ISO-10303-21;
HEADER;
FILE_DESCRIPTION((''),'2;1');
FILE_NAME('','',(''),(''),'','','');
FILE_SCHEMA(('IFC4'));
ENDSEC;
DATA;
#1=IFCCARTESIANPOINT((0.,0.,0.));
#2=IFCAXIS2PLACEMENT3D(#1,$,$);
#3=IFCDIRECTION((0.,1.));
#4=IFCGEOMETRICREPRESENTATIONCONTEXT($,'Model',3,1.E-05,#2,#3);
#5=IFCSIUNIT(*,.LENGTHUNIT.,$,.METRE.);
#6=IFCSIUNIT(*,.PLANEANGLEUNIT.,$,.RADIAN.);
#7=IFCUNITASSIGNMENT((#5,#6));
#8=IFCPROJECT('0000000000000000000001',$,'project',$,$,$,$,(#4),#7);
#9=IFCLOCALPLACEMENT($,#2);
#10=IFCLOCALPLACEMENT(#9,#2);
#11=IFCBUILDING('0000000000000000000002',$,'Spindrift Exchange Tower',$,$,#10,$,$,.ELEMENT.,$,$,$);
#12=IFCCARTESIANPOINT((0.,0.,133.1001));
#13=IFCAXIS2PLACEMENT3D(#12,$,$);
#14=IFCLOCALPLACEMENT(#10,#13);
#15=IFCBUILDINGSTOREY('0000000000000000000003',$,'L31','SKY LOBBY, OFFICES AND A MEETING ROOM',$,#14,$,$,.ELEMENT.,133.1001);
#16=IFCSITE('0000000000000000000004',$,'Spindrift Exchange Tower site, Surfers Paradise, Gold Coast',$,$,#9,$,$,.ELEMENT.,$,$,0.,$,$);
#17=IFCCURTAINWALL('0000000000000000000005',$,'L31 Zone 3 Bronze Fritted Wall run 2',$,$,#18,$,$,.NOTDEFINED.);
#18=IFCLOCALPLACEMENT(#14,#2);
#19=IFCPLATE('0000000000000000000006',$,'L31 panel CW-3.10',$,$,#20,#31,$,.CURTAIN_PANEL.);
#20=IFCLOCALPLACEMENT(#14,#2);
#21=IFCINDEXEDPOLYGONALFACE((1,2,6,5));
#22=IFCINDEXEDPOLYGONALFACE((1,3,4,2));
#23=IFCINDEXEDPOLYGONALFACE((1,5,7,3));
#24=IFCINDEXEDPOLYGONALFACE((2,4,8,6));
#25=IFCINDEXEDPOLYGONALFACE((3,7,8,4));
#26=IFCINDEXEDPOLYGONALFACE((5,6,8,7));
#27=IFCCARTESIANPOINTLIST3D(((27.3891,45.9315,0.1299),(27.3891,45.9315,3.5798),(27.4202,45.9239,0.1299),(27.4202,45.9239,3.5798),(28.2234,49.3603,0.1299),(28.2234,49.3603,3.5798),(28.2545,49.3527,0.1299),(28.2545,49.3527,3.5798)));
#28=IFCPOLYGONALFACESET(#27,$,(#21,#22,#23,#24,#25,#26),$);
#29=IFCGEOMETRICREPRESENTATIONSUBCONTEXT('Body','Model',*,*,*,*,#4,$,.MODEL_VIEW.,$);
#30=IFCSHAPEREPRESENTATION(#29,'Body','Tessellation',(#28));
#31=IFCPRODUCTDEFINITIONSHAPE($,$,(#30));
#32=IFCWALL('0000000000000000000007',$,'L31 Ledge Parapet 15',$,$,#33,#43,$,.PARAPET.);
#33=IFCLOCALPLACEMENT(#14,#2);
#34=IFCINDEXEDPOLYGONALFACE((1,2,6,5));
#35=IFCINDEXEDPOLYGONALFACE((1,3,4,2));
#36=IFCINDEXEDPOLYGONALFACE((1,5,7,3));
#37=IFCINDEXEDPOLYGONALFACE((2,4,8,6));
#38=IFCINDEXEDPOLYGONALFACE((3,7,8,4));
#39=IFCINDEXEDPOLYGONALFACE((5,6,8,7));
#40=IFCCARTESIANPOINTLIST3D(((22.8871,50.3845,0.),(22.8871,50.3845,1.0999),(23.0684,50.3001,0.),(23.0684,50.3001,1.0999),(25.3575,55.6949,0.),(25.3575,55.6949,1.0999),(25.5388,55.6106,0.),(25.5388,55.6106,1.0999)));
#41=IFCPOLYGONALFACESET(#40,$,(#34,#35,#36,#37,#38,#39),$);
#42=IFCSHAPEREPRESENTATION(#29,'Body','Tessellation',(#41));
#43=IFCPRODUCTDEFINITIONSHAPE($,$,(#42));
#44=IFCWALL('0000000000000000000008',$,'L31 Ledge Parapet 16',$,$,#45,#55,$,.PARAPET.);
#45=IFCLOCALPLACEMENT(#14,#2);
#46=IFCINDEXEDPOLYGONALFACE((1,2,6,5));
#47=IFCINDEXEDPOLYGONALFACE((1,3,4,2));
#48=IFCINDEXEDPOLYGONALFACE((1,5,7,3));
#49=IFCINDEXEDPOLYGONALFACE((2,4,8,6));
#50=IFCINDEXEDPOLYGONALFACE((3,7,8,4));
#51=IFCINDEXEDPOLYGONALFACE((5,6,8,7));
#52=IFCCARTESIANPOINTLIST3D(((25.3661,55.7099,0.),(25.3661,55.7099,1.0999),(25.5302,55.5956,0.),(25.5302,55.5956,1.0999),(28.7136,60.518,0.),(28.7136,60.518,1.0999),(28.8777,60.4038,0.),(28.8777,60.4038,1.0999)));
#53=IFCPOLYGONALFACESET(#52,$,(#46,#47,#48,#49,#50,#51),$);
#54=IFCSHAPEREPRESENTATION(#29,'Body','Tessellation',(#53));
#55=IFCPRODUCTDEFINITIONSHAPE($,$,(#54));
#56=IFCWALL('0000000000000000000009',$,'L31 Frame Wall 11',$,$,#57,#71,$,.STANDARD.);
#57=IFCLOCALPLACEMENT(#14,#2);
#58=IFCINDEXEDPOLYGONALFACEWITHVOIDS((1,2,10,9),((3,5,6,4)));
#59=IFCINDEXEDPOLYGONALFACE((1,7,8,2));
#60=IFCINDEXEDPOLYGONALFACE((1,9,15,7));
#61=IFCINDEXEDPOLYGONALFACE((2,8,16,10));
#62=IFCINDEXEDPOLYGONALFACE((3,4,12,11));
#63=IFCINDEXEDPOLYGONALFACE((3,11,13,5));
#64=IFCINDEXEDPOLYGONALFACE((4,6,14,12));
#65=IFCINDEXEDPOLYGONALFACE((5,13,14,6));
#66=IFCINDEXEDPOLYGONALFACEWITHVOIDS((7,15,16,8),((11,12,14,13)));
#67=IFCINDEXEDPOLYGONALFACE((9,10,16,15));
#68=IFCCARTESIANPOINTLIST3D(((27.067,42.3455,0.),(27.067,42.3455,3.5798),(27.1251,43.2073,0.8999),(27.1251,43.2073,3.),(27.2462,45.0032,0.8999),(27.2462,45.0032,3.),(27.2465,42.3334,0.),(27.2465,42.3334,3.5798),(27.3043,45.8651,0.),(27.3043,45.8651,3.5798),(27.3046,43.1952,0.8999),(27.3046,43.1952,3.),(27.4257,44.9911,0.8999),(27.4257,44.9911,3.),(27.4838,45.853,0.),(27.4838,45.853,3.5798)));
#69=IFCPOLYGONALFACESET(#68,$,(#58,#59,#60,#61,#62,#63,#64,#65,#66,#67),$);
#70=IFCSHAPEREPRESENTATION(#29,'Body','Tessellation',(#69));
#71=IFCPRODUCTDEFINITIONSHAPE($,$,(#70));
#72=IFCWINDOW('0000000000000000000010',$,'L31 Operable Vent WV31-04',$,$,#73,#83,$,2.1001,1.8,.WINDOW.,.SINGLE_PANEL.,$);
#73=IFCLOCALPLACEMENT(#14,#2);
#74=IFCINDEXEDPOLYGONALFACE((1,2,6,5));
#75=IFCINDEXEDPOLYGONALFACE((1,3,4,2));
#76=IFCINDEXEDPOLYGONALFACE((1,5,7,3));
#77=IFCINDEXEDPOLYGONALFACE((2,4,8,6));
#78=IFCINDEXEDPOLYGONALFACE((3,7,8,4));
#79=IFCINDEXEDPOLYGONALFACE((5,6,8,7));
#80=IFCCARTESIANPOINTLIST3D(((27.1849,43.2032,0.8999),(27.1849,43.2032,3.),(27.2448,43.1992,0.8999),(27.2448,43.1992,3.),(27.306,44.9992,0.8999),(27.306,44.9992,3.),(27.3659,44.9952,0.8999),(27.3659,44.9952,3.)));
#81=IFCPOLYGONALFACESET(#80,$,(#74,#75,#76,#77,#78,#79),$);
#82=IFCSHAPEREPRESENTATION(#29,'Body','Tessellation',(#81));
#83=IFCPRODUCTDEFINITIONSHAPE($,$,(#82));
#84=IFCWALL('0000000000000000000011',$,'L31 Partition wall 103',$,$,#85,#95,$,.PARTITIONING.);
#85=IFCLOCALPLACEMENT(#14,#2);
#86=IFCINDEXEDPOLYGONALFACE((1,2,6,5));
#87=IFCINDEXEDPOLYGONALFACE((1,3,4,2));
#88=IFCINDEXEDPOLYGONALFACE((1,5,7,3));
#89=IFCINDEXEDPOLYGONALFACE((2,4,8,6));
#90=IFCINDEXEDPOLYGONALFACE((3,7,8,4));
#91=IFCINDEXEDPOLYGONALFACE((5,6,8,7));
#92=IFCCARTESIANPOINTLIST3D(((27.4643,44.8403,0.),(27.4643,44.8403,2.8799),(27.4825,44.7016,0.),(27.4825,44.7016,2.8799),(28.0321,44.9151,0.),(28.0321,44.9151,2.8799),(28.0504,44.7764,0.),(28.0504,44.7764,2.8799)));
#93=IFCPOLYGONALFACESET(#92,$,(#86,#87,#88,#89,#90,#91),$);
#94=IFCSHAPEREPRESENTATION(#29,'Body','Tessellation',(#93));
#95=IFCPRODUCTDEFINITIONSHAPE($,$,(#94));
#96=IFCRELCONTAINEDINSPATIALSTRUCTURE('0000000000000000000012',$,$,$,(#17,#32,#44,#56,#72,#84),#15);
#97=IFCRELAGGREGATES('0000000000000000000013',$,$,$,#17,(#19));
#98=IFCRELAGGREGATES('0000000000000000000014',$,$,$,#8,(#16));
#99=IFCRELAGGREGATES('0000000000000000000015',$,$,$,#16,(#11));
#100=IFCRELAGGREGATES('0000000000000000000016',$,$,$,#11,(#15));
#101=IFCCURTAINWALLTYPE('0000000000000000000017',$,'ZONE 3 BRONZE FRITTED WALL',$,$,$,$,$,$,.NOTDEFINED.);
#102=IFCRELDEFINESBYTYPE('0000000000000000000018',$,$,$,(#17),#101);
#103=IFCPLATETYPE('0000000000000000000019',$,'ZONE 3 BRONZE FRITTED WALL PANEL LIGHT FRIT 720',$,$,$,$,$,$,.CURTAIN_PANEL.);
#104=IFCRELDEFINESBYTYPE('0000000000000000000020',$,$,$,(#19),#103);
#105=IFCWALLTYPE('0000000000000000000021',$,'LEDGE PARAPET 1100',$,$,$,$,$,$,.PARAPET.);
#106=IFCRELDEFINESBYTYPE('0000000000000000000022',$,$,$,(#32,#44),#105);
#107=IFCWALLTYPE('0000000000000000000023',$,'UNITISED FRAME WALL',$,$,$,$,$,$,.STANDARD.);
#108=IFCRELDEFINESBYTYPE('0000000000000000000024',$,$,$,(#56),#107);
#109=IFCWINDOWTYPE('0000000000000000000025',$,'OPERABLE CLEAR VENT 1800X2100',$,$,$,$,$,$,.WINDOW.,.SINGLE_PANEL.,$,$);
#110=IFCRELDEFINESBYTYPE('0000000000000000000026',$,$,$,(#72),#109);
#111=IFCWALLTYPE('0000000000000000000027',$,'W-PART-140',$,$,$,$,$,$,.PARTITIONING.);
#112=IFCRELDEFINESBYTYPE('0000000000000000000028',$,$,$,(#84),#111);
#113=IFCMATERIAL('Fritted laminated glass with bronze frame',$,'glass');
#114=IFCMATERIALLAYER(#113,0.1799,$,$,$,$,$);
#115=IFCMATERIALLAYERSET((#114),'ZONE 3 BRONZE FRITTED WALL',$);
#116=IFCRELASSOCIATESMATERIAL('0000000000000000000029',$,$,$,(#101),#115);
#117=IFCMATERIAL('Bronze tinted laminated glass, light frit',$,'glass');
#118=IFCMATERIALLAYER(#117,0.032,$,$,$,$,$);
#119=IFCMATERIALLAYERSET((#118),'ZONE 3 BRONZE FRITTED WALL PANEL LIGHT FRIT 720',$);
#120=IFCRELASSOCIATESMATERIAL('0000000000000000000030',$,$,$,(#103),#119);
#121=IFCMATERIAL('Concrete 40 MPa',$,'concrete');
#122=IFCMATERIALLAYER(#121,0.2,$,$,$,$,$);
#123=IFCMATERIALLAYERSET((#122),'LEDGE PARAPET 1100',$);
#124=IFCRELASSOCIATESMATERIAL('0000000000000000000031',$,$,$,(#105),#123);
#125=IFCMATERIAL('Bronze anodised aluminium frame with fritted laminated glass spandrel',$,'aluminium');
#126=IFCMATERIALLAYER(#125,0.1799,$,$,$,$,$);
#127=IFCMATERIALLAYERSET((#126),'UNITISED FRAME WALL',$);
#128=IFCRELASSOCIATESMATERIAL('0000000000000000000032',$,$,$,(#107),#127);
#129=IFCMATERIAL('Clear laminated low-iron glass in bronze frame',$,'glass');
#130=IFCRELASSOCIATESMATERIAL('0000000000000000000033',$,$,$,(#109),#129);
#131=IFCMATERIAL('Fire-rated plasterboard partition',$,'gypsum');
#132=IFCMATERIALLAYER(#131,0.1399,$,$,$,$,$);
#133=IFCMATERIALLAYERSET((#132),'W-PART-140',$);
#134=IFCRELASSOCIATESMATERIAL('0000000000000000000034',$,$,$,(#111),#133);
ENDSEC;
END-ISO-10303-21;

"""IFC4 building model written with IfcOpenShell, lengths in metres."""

from ifc_helpers import new_model, si_unit, direction, frame, frame_2d, origin, origin_2d, place, context, subcontext, project, spatial, rectangle, extrude, source, transform, mapped, material, layer, layer_set, type_object, element, fill, aggregate, save


model = new_model("IFC4")

# Units and contexts
model_context = context("Model", 3, precision=1e-05, world=origin(), true_north=direction((0.0, 1.0)))
body_context = subcontext(model_context, "Body", "Model", "MODEL_VIEW")
ifc_project = project(units=[si_unit("LENGTHUNIT", "METRE"), si_unit("PLANEANGLEUNIT", "RADIAN")], contexts=[model_context])

# Site, building, storey
site_placement = place(None, origin())
site = spatial("IfcSite", under=ifc_project, at=site_placement, Name="Spindrift Exchange Tower site, Surfers Paradise, Gold Coast", CompositionType="ELEMENT", RefElevation=0.0)
building_placement = place(site_placement, origin())
building = spatial("IfcBuilding", under=site, at=building_placement, Name="Spindrift Exchange Tower", CompositionType="ELEMENT")
storey_placement = place(building_placement, frame((0.0, 0.0, 133.1001)))
storey = spatial("IfcBuildingStorey", under=building, at=storey_placement, Name="L31", Description="SKY LOBBY, OFFICES AND A MEETING ROOM", CompositionType="ELEMENT", Elevation=133.1001)

# Curtain wall, plate
ifc_material_1 = material(Name="Fritted laminated glass with bronze frame", Category="glass")
ifc_layer_1 = layer(ifc_material_1, 0.1799)
ifc_layer_set_1 = layer_set([ifc_layer_1], Name="ZONE 3 BRONZE FRITTED WALL")
curtain_wall_type = type_object("IfcCurtainWallType", Name="ZONE 3 BRONZE FRITTED WALL", PredefinedType="NOTDEFINED", material=ifc_layer_set_1)
curtain_wall_placement = place(storey_placement, origin())
curtain_wall = element("IfcCurtainWall", 1, at=curtain_wall_placement, inside=storey, type_object=curtain_wall_type, Name="L31 Zone 3 Bronze Fritted Wall run 2", PredefinedType="NOTDEFINED")
ifc_material_2 = material(Name="Bronze tinted laminated glass, light frit", Category="glass")
ifc_layer_2 = layer(ifc_material_2, 0.032)
ifc_layer_set_2 = layer_set([ifc_layer_2], Name="ZONE 3 BRONZE FRITTED WALL PANEL LIGHT FRIT 720")
plate_type = type_object("IfcPlateType", Name="ZONE 3 BRONZE FRITTED WALL PANEL LIGHT FRIT 720", PredefinedType="CURTAIN_PANEL", material=ifc_layer_set_2)
shared_shape_1 = source(origin(), body_context, "Body", "SweptSolid", [
    extrude(rectangle(XDim=3.5288, YDim=0.032, at=origin_2d()), origin(), (0.0, 0.0, 1.0), 3.45),
])
plate_1_placement = place(storey_placement, frame((27.8218, 47.6421, 0.1299), z_axis=(0.0, 0.0, 1.0), x_axis=(-0.236418, -0.971652, 0.0)))
plate_1 = element("IfcPlate", 2, at=plate_1_placement, type_object=plate_type, Name="L31 panel CW-3.10", PredefinedType="CURTAIN_PANEL", context=body_context, shape_type="MappedRepresentation", body=[
    mapped(shared_shape_1, transform((0.0, 0.0, 0.0), scale=1.0)),
])
aggregate(curtain_wall, [plate_1])

# Walls
ifc_material_3 = material(Name="Concrete 40 MPa", Category="concrete")
ifc_layer_3 = layer(ifc_material_3, 0.2)
ifc_layer_set_3 = layer_set([ifc_layer_3], Name="LEDGE PARAPET 1100")
wall_type_1 = type_object("IfcWallType", Name="LEDGE PARAPET 1100", PredefinedType="PARAPET", material=ifc_layer_set_3)
wall_1_placement = place(storey_placement, frame((22.9778, 50.3423, 0.0), z_axis=(0.0, 0.0, 1.0), x_axis=(0.421792, 0.906693, 0.0)))
element("IfcWall", 3, at=wall_1_placement, inside=storey, type_object=wall_type_1, Name="L31 Ledge Parapet 15", PredefinedType="PARAPET", context=body_context, shape_type="SweptSolid", body=[
    extrude(rectangle(XDim=5.8569, YDim=0.2, at=frame_2d((2.9285, 0.0))), origin(), (0.0, 0.0, 1.0), 1.0999),
])
wall_2_placement = place(storey_placement, frame((25.4482, 55.6528, 0.0), z_axis=(0.0, 0.0, 1.0), x_axis=(0.571368, 0.820694, 0.0)))
element("IfcWall", 4, at=wall_2_placement, inside=storey, type_object=wall_type_1, Name="L31 Ledge Parapet 16", PredefinedType="PARAPET", context=body_context, shape_type="SweptSolid", body=[
    extrude(rectangle(XDim=5.8586, YDim=0.2, at=frame_2d((2.9292, 0.0))), origin(), (0.0, 0.0, 1.0), 1.0999),
])

# Wall, opening, window
ifc_material_4 = material(Name="Bronze anodised aluminium frame with fritted laminated glass spandrel", Category="aluminium")
ifc_layer_4 = layer(ifc_material_4, 0.1799)
ifc_layer_set_4 = layer_set([ifc_layer_4], Name="UNITISED FRAME WALL")
wall_type_2 = type_object("IfcWallType", Name="UNITISED FRAME WALL", PredefinedType="STANDARD", material=ifc_layer_set_4)
wall_3_placement = place(storey_placement, frame((27.394, 45.8589, 0.0), z_axis=(0.0, 0.0, 1.0), x_axis=(-0.067272, -0.997735, 0.0)))
wall_3 = element("IfcWall", 5, at=wall_3_placement, inside=storey, type_object=wall_type_2, Name="L31 Frame Wall 11", PredefinedType="STANDARD", context=body_context, shape_type="SweptSolid", body=[
    extrude(rectangle(XDim=3.5276, YDim=0.1799, at=frame_2d((1.7637, 0.0))), origin(), (0.0, 0.0, 1.0), 3.5798),
])
opening_placement = place(wall_3_placement, frame((0.8638, 0.0, 0.8999)))
opening = element("IfcOpeningElement", 6, at=opening_placement, cuts=wall_3, PredefinedType="OPENING", context=body_context, shape_type="SweptSolid", body=[
    extrude(rectangle(XDim=1.8, YDim=2.1001, at=frame_2d((0.8999, 1.05))), frame((0.0, 0.0999, 0.0), z_axis=(0.0, -1.0, 0.0), x_axis=(1.0, 0.0, 0.0)), (0.0, 0.0, 1.0), 0.2),
])
ifc_material_5 = material(Name="Clear laminated low-iron glass in bronze frame", Category="glass")
window_type = type_object("IfcWindowType", Name="OPERABLE CLEAR VENT 1800X2100", PartitioningType="SINGLE_PANEL", PredefinedType="WINDOW", material=ifc_material_5)
shared_shape_2 = source(origin(), body_context, "Body", "SweptSolid", [
    extrude(rectangle(XDim=1.8, YDim=2.1001, at=frame_2d((0.8999, 1.05))), frame((0.0, 0.03, 0.0), z_axis=(0.0, -1.0, 0.0), x_axis=(1.0, 0.0, 0.0)), (0.0, 0.0, 1.0), 0.0601),
])
window_placement = place(opening_placement, origin())
window = element("IfcWindow", 7, at=window_placement, inside=storey, type_object=window_type, Name="L31 Operable Vent WV31-04", OverallHeight=2.1001, OverallWidth=1.8, PartitioningType="SINGLE_PANEL", PredefinedType="WINDOW", context=body_context, shape_type="MappedRepresentation", body=[
    mapped(shared_shape_2, transform((0.0, 0.0, 0.0), scale=1.0)),
])
fill(opening, window)

# Wall
ifc_material_6 = material(Name="Fire-rated plasterboard partition", Category="gypsum")
ifc_layer_5 = layer(ifc_material_6, 0.1399)
ifc_layer_set_5 = layer_set([ifc_layer_5], Name="W-PART-140")
wall_type_3 = type_object("IfcWallType", Name="W-PART-140", PredefinedType="PARTITIONING", material=ifc_layer_set_5)
wall_4_placement = place(storey_placement, frame((28.0413, 44.8457, 0.0), z_axis=(0.0, 0.0, 1.0), x_axis=(-0.991457, -0.130432, 0.0)))
element("IfcWall", 8, at=wall_4_placement, inside=storey, type_object=wall_type_3, Name="L31 Partition wall 103", PredefinedType="PARTITIONING", context=body_context, shape_type="SweptSolid", body=[
    extrude(rectangle(XDim=0.5728, YDim=0.1399, at=frame_2d((0.2864, 0.0))), origin(), (0.0, 0.0, 1.0), 2.8799),
])

save(model, "model.ifc")
